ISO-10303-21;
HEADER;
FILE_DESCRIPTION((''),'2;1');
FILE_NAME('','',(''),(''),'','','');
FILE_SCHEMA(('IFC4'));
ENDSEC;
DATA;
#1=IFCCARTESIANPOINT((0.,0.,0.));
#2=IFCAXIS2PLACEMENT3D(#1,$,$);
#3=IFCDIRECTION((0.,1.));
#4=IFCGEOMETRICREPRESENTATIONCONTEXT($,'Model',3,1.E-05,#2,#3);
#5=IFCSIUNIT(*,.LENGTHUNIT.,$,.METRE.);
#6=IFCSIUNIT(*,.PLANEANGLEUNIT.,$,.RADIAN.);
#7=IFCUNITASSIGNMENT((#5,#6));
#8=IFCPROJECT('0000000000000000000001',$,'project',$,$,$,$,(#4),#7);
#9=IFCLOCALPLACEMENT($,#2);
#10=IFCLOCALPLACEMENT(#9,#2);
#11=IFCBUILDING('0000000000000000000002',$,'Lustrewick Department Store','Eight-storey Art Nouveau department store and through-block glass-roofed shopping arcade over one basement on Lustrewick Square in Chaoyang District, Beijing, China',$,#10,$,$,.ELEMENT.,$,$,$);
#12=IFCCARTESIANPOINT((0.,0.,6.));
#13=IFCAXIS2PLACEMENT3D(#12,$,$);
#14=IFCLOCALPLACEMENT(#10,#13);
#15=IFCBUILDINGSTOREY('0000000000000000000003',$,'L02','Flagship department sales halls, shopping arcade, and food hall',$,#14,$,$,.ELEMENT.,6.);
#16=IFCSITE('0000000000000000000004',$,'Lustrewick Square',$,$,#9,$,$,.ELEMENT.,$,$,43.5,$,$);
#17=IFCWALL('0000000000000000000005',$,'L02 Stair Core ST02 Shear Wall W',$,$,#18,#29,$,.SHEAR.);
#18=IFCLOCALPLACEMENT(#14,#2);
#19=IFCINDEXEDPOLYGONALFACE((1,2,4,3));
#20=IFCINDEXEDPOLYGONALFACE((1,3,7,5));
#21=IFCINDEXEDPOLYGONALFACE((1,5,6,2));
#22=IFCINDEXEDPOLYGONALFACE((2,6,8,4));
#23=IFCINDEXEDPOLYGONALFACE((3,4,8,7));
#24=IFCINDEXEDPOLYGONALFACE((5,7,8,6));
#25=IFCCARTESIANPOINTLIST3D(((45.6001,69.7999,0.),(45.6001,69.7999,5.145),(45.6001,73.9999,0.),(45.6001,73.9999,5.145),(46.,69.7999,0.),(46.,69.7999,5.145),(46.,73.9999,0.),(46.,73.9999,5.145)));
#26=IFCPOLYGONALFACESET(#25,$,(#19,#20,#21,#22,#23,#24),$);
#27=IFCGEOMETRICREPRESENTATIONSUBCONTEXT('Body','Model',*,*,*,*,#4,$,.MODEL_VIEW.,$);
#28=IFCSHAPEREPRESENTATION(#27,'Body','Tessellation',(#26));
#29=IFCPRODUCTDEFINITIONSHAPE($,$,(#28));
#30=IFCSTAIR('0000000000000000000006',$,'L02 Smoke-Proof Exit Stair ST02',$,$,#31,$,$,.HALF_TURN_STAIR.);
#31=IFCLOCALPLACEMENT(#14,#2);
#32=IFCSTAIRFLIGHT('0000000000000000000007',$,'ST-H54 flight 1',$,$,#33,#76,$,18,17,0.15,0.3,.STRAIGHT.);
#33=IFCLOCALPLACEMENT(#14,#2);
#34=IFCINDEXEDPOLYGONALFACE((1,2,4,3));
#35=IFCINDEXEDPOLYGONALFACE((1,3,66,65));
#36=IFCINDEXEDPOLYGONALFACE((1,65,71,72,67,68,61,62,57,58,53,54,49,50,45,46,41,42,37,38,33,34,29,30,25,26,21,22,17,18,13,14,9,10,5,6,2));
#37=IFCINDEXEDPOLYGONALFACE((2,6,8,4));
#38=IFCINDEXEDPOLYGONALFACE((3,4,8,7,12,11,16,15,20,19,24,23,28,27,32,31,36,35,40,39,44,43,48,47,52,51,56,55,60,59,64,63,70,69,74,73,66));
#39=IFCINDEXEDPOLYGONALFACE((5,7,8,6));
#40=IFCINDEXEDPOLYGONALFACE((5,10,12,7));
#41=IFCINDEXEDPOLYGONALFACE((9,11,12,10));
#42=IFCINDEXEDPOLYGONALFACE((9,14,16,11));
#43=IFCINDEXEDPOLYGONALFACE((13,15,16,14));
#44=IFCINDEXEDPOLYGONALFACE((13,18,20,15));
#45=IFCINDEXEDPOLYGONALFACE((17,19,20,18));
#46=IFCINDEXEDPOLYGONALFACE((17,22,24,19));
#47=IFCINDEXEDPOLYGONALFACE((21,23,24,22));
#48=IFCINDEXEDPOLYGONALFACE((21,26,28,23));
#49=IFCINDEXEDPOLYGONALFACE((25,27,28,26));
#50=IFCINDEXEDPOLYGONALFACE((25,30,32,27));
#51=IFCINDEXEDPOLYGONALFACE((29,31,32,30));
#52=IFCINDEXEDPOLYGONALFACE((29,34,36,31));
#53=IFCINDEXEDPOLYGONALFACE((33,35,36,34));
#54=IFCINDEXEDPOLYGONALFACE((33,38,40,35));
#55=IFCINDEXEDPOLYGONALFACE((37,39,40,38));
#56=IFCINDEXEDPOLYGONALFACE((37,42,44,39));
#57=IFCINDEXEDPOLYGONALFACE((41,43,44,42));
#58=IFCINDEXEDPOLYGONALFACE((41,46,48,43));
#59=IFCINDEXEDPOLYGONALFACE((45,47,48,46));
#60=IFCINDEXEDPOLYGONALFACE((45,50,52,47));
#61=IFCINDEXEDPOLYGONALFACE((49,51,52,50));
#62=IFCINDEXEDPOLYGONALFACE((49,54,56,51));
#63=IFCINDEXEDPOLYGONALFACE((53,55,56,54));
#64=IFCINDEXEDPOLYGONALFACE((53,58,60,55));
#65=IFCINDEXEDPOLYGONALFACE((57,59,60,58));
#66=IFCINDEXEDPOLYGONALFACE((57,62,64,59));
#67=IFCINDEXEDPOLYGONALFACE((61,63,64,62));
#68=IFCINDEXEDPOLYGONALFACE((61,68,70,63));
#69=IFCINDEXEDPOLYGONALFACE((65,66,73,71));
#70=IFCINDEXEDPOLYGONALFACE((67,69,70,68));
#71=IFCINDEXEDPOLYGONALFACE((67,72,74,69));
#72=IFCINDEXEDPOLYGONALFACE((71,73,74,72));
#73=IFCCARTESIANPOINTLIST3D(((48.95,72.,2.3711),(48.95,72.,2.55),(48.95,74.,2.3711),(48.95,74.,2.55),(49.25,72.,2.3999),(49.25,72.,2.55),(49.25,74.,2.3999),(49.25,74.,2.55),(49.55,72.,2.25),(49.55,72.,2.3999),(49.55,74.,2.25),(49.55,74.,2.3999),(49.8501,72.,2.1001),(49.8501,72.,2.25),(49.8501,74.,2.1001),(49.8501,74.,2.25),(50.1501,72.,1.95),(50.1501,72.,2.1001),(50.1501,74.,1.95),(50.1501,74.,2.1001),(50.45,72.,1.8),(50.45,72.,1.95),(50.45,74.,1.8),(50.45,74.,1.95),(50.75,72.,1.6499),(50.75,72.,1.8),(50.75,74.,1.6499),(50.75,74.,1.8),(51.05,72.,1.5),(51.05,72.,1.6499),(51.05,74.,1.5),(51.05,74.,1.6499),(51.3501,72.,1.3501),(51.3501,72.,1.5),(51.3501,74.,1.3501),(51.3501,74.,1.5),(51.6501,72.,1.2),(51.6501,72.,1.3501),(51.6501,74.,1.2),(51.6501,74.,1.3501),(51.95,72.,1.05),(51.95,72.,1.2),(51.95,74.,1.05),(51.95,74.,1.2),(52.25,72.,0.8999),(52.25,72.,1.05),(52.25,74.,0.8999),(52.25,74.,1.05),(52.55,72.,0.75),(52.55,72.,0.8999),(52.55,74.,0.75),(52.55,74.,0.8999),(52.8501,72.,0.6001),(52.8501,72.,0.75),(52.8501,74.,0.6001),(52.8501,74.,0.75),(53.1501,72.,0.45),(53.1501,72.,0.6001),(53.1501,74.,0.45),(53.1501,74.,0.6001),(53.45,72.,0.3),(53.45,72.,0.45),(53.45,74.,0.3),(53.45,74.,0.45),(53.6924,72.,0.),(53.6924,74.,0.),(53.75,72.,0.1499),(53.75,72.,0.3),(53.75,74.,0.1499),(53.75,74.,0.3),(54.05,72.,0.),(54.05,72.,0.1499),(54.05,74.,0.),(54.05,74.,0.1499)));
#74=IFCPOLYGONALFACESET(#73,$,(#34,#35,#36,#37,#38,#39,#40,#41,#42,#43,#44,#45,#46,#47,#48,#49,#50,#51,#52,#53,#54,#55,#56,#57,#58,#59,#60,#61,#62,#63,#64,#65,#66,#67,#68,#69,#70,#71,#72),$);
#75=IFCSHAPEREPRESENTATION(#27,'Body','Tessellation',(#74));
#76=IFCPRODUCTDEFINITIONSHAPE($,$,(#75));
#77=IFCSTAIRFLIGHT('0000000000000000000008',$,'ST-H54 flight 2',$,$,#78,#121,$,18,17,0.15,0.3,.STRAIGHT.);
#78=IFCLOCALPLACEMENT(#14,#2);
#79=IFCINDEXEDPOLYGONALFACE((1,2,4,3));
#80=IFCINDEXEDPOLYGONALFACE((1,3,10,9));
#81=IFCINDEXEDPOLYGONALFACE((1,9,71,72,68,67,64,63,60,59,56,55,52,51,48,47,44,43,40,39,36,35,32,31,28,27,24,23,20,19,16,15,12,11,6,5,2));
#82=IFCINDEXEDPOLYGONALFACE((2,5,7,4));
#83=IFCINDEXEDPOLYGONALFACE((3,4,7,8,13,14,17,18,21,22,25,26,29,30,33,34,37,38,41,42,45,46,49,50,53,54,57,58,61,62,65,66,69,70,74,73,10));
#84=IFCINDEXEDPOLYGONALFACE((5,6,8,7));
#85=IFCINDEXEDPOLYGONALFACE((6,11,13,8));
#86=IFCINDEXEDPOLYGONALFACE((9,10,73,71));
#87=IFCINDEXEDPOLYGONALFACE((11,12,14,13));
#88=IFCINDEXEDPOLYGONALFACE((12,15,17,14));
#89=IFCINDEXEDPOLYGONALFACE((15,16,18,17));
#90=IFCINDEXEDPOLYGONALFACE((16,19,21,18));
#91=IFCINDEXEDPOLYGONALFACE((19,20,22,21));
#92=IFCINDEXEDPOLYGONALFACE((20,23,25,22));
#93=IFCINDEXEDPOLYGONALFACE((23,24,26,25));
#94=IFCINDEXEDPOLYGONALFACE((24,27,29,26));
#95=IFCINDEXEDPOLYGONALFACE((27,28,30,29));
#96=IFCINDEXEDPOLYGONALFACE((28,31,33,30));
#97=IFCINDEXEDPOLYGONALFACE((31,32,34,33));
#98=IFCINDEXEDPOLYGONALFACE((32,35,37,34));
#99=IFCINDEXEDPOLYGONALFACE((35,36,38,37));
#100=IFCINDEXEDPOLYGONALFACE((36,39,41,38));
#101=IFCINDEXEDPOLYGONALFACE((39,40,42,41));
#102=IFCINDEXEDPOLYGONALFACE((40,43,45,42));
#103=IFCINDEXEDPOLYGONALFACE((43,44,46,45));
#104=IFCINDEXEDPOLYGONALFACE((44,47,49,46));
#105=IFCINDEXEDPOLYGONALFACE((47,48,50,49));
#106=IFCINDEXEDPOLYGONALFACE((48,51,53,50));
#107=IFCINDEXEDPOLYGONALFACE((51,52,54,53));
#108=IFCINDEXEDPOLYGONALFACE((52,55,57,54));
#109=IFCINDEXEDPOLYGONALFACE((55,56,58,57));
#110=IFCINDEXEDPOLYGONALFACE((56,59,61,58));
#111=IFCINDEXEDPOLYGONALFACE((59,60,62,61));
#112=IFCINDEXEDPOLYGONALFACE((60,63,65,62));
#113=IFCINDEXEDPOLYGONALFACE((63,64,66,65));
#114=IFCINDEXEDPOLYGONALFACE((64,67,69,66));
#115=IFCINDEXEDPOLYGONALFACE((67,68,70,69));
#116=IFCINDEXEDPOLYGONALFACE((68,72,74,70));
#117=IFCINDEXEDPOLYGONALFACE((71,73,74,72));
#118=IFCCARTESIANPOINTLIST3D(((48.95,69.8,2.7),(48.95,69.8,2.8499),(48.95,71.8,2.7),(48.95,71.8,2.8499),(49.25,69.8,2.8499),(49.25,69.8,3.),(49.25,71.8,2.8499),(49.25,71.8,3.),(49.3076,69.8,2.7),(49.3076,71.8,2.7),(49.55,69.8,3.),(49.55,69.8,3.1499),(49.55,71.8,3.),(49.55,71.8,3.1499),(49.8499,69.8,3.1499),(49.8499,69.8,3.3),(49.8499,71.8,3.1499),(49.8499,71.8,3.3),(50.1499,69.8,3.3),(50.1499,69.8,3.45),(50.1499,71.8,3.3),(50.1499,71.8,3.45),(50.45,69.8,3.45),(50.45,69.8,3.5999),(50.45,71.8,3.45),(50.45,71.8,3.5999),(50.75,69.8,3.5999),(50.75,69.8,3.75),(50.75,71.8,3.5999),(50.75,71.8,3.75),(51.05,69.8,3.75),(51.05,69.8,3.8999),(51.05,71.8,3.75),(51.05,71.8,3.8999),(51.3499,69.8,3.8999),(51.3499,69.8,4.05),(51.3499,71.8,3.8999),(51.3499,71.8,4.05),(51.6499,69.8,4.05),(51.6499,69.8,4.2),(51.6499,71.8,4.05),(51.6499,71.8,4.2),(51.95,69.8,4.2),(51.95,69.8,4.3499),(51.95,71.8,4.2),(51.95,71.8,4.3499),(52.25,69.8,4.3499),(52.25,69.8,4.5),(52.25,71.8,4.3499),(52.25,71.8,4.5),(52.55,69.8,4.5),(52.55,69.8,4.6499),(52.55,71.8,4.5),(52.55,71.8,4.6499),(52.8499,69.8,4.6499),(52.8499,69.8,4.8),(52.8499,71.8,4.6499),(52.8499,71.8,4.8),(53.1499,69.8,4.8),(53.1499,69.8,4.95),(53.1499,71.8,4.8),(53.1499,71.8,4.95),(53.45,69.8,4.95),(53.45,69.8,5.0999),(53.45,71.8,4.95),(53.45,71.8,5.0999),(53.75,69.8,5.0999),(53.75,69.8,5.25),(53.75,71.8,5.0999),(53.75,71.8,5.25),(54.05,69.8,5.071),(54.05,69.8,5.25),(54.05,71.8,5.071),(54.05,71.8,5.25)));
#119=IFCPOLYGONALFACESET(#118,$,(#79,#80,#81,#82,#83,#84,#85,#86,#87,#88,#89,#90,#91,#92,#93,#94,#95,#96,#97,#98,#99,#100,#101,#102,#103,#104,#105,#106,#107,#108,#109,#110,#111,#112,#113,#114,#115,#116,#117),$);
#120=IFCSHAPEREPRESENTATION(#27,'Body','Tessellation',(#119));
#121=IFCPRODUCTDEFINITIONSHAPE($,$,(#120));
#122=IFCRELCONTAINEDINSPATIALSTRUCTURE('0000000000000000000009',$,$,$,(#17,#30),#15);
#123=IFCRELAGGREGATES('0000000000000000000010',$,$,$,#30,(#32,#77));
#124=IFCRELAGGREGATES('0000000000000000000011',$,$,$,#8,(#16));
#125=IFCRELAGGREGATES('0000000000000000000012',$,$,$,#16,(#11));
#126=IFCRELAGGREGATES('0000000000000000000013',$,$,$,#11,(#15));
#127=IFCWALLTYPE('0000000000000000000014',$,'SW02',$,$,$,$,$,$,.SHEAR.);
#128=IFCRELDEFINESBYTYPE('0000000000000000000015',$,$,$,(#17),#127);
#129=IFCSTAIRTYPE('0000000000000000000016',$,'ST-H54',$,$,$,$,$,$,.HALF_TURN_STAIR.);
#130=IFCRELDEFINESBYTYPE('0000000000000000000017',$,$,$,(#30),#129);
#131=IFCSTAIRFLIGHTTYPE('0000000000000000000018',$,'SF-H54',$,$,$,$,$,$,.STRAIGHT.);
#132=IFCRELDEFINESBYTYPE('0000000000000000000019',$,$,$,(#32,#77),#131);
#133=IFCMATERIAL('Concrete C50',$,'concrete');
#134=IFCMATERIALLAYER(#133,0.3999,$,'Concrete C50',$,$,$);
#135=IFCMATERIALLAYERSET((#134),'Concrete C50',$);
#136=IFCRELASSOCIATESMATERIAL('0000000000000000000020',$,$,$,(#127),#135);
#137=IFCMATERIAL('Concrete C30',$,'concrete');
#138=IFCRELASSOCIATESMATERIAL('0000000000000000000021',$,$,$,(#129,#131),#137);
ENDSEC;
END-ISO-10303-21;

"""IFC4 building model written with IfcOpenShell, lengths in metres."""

from ifc_helpers import new_model, si_unit, direction, frame, frame_2d, origin, place, context, subcontext, project, spatial, polyline, rectangle, outline, extrude, material, layer, layer_set, type_object, element, aggregate, save


model = new_model("IFC4")

# Units and contexts
model_context = context("Model", 3, precision=1e-05, world=origin(), true_north=direction((0.0, 1.0)))
body_context = subcontext(model_context, "Body", "Model", "MODEL_VIEW")
ifc_project = project(units=[si_unit("LENGTHUNIT", "METRE"), si_unit("PLANEANGLEUNIT", "RADIAN")], contexts=[model_context])

# Site, building, storey
site_placement = place(None, origin())
site = spatial("IfcSite", under=ifc_project, at=site_placement, Name="Lustrewick Square", CompositionType="ELEMENT", RefElevation=43.5)
building_placement = place(site_placement, origin())
building = spatial("IfcBuilding", under=site, at=building_placement, Name="Lustrewick Department Store", Description="Eight-storey Art Nouveau department store and through-block glass-roofed shopping arcade over one basement on Lustrewick Square in Chaoyang District, Beijing, China", CompositionType="ELEMENT")
storey_placement = place(building_placement, frame((0.0, 0.0, 6.0)))
storey = spatial("IfcBuildingStorey", under=building, at=storey_placement, Name="L02", Description="Flagship department sales halls, shopping arcade, and food hall", CompositionType="ELEMENT", Elevation=6.0)

# Shared definitions
ifc_material_1 = material(Name="Concrete C50", Category="concrete")
ifc_layer_1 = layer(ifc_material_1, 0.3999, Name="Concrete C50")
ifc_layer_set_1 = layer_set([ifc_layer_1], Name="Concrete C50")
wall_type_1 = type_object("IfcWallType", Name="SW02", PredefinedType="SHEAR", material=ifc_layer_set_1)

# Wall
wall_1_placement = place(storey_placement, frame((45.8, 74.0, 0.0), z_axis=(0.0, 0.0, 1.0), x_axis=(0.0, -1.0, 0.0)))
element("IfcWall", 1, at=wall_1_placement, inside=storey, type_object=wall_type_1, Name="L02 Stair Core ST02 Shear Wall W", PredefinedType="SHEAR", context=body_context, shape_type="SweptSolid", body=[
    extrude(rectangle(XDim=4.2, YDim=0.3999, at=frame_2d((2.1001, 0.0))), origin(), (0.0, 0.0, 1.0), 5.145),
])

# Stair, stair flights
ifc_material_2 = material(Name="Concrete C30", Category="concrete")
stair_type = type_object("IfcStairType", Name="ST-H54", PredefinedType="HALF_TURN_STAIR", material=ifc_material_2)
stair_placement = place(storey_placement, origin())
stair = element("IfcStair", 2, at=stair_placement, inside=storey, type_object=stair_type, Name="L02 Smoke-Proof Exit Stair ST02", PredefinedType="HALF_TURN_STAIR")
stair_flight_type = type_object("IfcStairFlightType", Name="SF-H54", PredefinedType="STRAIGHT", material=ifc_material_2)
stair_flight_1_placement = place(storey_placement, frame((54.05, 73.0, 0.0), z_axis=(0.0, 0.0, 1.0), x_axis=(-1.0, 0.0, 0.0)))
stair_flight_1 = element("IfcStairFlight", 3, at=stair_flight_1_placement, type_object=stair_flight_type, Name="ST-H54 flight 1", NumberOfRisers=18, NumberOfTreads=17, PredefinedType="STRAIGHT", RiserHeight=0.15, TreadLength=0.3, context=body_context, shape_type="SweptSolid", body=[
    extrude(outline(polyline([(0.0, 0.0), (0.0, 0.1499), (0.3, 0.1499), (0.3, 0.3), (0.6001, 0.3), (0.6001, 0.45), (0.8999, 0.45), (0.8999, 0.6001), (1.2, 0.6001), (1.2, 0.75), (1.5, 0.75), (1.5, 0.8999), (1.8, 0.8999), (1.8, 1.05), (2.1001, 1.05), (2.1001, 1.2), (2.3999, 1.2), (2.3999, 1.3501), (2.7, 1.3501), (2.7, 1.5), (3.0, 1.5), (3.0, 1.6499), (3.3, 1.6499), (3.3, 1.8), (3.6001, 1.8), (3.6001, 1.95), (3.8999, 1.95), (3.8999, 2.1001), (4.2, 2.1001), (4.2, 2.25), (4.5, 2.25), (4.5, 2.3999), (4.8, 2.3999), (4.8, 2.55), (5.1001, 2.55), (5.1001, 2.7), (5.1001, 2.3711), (0.3577, 0.0), (0.0, 0.0)])), frame((0.0, 1.0, 0.0), z_axis=(0.0, -1.0, 0.0), x_axis=(1.0, 0.0, 0.0)), (0.0, 0.0, 1.0), 2.0),
])
stair_flight_2_placement = place(storey_placement, frame((48.95, 70.8, 2.7), z_axis=(0.0, 0.0, 1.0), x_axis=(1.0, 0.0, 0.0)))
stair_flight_2 = element("IfcStairFlight", 4, at=stair_flight_2_placement, type_object=stair_flight_type, Name="ST-H54 flight 2", NumberOfRisers=18, NumberOfTreads=17, PredefinedType="STRAIGHT", RiserHeight=0.15, TreadLength=0.3, context=body_context, shape_type="SweptSolid", body=[
    extrude(outline(polyline([(0.0, 0.0), (0.0, 0.1499), (0.3, 0.1499), (0.3, 0.3), (0.6001, 0.3), (0.6001, 0.45), (0.8999, 0.45), (0.8999, 0.6001), (1.2, 0.6001), (1.2, 0.75), (1.5, 0.75), (1.5, 0.8999), (1.8, 0.8999), (1.8, 1.05), (2.1001, 1.05), (2.1001, 1.2), (2.3999, 1.2), (2.3999, 1.3501), (2.7, 1.3501), (2.7, 1.5), (3.0, 1.5), (3.0, 1.6499), (3.3, 1.6499), (3.3, 1.8), (3.6001, 1.8), (3.6001, 1.95), (3.8999, 1.95), (3.8999, 2.1001), (4.2, 2.1001), (4.2, 2.25), (4.5, 2.25), (4.5, 2.3999), (4.8, 2.3999), (4.8, 2.55), (5.1001, 2.55), (5.1001, 2.7), (5.1001, 2.3711), (0.3577, 0.0), (0.0, 0.0)])), frame((0.0, 1.0, 0.0), z_axis=(0.0, -1.0, 0.0), x_axis=(1.0, 0.0, 0.0)), (0.0, 0.0, 1.0), 2.0),
])
aggregate(stair, [stair_flight_1, stair_flight_2])

save(model, "model.ifc")
